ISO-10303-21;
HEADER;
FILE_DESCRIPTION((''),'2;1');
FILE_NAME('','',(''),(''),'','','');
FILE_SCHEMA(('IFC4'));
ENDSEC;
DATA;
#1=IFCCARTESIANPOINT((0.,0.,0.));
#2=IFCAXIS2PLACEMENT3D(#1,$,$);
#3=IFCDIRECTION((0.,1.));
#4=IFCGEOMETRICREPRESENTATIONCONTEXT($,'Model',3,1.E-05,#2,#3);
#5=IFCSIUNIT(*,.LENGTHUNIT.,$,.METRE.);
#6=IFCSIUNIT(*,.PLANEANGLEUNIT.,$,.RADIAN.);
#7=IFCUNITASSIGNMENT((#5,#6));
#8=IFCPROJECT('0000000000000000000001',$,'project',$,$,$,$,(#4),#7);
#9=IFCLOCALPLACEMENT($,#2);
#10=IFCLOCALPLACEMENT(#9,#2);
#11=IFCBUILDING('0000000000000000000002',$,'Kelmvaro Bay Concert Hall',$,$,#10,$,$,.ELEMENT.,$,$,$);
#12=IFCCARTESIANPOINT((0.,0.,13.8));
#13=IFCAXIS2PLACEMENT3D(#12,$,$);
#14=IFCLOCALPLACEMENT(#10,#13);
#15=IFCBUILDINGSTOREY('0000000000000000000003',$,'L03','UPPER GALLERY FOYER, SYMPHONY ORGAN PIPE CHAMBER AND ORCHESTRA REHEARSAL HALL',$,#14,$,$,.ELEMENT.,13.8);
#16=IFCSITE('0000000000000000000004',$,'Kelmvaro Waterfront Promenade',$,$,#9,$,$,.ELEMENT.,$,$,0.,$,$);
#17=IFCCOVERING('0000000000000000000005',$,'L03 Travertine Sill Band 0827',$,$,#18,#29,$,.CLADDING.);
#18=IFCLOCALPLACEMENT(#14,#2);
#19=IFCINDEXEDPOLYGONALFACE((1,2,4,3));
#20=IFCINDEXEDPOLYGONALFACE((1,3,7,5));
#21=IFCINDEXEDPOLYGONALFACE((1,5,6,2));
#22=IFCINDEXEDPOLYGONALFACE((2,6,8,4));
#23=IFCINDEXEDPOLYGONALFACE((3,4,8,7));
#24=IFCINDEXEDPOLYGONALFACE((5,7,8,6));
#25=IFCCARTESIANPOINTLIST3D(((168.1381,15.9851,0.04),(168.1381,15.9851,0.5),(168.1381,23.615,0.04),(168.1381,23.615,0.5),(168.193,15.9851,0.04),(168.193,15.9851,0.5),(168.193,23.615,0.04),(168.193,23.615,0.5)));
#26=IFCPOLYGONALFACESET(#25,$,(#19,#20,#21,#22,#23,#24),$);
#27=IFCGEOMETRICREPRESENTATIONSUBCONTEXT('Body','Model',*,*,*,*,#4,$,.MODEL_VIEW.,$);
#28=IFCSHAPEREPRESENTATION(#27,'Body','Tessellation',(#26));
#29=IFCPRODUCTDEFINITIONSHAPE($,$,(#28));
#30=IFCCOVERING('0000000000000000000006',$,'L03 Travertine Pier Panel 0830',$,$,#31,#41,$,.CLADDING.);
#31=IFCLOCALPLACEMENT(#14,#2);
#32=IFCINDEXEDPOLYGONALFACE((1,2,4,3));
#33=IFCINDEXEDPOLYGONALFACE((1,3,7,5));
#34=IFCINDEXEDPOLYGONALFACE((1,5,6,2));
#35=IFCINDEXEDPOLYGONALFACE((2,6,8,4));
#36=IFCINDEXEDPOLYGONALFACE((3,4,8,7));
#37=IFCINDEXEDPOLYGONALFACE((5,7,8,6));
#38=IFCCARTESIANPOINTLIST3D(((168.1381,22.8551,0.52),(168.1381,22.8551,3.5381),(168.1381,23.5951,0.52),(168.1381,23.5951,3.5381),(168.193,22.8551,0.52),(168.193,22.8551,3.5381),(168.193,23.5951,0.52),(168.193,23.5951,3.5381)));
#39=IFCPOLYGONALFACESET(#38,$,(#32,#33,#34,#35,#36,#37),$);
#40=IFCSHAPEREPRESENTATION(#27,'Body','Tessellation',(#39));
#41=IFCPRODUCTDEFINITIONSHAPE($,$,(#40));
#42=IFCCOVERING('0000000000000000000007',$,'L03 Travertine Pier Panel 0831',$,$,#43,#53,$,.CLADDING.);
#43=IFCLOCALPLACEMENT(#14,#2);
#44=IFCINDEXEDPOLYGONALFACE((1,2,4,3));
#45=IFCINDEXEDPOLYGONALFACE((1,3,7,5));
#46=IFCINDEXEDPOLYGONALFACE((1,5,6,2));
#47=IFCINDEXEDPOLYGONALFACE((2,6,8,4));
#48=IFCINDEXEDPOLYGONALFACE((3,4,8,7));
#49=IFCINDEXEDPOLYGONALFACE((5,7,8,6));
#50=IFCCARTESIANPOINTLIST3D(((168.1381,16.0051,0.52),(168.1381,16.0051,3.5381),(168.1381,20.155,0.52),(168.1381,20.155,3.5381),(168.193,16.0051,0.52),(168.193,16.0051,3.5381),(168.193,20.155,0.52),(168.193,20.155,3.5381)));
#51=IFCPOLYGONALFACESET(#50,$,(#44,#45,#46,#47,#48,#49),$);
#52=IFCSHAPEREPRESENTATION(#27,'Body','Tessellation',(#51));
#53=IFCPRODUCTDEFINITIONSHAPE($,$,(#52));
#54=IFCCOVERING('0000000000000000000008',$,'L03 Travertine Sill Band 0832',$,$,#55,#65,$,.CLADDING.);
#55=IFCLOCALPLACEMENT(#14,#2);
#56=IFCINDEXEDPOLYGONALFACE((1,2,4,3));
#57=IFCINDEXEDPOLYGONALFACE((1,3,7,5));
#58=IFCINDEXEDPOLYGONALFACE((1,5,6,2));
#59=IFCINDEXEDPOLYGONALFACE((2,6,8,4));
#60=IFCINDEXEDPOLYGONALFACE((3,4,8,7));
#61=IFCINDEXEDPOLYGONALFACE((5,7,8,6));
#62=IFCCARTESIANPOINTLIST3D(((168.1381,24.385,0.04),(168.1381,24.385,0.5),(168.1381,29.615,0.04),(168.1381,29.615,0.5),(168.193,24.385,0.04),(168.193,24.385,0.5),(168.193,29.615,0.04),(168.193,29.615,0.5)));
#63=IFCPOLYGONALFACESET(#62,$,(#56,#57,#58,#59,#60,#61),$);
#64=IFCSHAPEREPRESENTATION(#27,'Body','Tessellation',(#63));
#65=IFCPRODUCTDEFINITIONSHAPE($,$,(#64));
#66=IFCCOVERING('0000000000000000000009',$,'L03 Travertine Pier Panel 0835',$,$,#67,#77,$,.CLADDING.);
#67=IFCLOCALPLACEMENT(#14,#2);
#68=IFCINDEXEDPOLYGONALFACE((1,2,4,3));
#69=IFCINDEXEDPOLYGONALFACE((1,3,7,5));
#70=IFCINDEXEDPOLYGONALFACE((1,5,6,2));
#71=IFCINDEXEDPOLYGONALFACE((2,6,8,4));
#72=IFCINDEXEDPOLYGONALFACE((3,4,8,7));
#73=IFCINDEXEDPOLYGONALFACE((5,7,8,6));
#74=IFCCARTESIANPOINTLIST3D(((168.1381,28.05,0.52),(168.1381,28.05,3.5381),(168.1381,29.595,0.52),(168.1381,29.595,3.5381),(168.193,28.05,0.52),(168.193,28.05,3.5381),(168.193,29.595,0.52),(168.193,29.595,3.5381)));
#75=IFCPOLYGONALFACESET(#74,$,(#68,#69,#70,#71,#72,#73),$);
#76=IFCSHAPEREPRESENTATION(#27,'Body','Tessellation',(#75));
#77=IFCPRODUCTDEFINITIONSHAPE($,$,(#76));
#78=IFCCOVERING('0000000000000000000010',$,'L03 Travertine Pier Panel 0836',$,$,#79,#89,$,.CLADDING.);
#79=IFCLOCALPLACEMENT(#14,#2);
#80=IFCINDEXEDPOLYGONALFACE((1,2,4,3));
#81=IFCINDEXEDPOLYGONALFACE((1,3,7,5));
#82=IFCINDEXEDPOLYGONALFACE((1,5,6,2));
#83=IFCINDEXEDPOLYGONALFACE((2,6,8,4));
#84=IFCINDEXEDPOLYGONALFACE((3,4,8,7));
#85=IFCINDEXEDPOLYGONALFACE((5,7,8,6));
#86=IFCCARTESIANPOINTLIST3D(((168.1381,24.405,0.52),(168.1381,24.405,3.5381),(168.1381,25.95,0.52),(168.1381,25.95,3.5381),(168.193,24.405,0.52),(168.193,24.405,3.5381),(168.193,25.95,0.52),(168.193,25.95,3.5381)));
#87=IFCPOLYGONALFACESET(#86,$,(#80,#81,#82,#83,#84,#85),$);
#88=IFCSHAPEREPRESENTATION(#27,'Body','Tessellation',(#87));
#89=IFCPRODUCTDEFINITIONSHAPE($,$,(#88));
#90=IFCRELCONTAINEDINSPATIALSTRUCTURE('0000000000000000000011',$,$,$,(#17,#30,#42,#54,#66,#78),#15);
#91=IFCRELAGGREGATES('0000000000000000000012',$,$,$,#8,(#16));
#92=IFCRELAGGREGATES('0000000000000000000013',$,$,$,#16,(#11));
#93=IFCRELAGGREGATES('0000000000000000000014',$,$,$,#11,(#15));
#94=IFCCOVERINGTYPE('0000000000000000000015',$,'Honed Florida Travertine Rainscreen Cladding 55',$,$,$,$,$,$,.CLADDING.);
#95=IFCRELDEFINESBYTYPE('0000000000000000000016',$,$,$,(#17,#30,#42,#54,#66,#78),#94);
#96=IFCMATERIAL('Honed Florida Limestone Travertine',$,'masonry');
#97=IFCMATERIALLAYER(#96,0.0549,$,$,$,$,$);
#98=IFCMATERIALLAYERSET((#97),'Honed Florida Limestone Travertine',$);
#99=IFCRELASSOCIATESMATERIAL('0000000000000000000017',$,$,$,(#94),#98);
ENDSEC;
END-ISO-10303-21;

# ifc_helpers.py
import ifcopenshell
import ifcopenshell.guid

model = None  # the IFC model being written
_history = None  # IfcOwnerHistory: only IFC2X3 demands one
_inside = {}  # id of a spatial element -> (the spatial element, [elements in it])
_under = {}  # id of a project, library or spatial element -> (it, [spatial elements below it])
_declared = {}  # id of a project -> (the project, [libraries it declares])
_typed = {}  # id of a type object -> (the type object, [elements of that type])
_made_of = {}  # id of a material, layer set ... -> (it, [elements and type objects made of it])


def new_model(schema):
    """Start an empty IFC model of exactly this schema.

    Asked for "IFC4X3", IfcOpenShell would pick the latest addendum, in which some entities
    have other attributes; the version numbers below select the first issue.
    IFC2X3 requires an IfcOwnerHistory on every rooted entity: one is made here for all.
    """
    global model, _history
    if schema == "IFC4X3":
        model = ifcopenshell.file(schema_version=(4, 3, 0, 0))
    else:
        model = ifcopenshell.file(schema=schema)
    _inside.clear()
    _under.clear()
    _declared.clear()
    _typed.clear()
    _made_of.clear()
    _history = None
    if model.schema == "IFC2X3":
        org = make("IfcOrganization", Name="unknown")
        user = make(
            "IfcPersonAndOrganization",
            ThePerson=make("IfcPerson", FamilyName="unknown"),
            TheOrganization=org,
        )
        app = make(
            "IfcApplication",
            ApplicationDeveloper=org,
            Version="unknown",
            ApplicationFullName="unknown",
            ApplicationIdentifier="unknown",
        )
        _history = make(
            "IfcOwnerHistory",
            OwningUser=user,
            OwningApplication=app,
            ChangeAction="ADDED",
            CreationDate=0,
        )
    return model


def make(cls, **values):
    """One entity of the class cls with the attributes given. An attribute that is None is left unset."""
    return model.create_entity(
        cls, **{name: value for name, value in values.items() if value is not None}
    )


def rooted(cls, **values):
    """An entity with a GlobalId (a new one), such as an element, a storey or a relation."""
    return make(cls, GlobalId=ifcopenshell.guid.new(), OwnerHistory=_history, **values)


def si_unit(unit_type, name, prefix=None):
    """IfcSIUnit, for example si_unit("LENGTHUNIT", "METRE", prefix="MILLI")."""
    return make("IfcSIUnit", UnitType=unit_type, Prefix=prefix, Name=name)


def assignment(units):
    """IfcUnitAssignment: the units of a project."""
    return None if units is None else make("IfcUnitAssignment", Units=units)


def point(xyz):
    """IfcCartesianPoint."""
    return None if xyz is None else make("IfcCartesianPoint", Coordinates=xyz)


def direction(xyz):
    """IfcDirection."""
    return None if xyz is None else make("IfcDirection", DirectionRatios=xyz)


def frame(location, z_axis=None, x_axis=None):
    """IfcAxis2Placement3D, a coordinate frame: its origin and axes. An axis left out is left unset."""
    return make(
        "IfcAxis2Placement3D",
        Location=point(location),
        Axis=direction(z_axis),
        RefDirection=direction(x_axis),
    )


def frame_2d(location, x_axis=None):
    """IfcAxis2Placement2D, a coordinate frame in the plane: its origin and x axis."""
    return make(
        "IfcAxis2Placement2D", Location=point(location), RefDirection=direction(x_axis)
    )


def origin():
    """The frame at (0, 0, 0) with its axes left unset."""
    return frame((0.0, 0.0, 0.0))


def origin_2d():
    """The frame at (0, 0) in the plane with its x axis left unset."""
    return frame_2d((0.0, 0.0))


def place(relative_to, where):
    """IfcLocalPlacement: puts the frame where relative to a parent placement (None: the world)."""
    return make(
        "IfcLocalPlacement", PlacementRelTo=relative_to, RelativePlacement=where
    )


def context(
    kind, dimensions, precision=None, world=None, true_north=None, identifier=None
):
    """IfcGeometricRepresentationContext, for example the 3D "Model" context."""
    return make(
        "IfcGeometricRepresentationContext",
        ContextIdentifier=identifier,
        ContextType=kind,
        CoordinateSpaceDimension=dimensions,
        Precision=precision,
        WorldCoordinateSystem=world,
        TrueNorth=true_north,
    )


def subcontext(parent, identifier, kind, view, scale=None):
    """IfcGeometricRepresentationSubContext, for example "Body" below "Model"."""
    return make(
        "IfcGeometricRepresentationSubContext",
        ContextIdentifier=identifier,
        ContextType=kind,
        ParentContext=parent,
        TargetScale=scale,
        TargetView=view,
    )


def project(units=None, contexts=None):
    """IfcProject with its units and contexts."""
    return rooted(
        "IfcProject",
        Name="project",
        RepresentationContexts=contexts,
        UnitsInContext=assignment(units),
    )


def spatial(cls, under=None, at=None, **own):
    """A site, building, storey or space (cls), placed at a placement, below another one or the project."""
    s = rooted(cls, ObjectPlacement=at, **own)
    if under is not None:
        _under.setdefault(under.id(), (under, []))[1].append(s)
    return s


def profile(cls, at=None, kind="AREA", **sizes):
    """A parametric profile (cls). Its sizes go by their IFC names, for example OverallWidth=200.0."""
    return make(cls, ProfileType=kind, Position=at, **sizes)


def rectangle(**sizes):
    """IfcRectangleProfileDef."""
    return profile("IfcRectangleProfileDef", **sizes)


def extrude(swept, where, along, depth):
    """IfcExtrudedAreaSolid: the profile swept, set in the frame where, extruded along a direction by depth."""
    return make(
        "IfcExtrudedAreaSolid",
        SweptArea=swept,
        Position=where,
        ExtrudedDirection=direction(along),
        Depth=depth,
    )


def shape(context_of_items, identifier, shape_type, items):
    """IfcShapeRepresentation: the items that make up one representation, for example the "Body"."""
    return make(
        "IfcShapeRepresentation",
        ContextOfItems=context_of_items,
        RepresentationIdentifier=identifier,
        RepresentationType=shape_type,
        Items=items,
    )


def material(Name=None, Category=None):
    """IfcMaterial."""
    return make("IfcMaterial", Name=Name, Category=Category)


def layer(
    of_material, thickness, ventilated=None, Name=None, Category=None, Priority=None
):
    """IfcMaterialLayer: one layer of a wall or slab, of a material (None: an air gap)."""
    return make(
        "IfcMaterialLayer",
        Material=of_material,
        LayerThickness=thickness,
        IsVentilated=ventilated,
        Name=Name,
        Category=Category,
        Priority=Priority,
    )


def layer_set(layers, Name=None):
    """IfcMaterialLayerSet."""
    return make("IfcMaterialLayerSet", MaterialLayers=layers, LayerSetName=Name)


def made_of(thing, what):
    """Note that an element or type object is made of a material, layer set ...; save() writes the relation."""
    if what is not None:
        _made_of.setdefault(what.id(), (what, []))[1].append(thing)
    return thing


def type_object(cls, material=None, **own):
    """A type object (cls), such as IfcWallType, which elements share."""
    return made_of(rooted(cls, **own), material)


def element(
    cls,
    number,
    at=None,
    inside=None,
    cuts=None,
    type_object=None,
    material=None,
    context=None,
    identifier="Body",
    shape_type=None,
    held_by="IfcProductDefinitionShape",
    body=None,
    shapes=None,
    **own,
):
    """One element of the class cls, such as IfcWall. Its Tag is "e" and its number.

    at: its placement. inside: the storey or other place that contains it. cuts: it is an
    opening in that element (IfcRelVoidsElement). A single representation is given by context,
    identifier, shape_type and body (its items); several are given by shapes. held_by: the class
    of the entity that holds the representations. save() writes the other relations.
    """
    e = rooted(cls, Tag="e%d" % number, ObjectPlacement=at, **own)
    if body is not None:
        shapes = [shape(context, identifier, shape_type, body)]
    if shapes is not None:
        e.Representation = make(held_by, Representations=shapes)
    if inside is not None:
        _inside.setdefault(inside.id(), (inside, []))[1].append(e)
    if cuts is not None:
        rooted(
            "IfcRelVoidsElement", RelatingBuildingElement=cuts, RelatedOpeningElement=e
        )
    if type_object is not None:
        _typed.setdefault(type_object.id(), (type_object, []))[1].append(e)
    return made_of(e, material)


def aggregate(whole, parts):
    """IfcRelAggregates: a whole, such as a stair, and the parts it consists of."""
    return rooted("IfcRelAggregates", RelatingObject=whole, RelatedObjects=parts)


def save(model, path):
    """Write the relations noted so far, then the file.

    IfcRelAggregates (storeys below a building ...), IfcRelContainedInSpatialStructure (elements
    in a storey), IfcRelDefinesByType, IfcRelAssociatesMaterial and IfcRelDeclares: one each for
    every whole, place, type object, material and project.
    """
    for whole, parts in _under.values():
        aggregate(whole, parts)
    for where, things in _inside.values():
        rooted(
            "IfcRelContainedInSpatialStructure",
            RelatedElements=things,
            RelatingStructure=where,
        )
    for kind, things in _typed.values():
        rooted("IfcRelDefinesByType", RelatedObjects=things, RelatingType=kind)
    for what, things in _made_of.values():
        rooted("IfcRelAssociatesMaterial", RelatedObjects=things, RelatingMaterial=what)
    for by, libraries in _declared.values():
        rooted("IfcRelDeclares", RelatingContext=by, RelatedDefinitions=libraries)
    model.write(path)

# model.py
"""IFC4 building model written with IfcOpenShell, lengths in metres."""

from ifc_helpers import new_model, si_unit, direction, frame, origin, origin_2d, place, context, subcontext, project, spatial, rectangle, extrude, material, layer, layer_set, type_object, element, save


model = new_model("IFC4")

# Units and contexts
model_context = context("Model", 3, precision=1e-05, world=origin(), true_north=direction((0.0, 1.0)))
body_context = subcontext(model_context, "Body", "Model", "MODEL_VIEW")
ifc_project = project(units=[si_unit("LENGTHUNIT", "METRE"), si_unit("PLANEANGLEUNIT", "RADIAN")], contexts=[model_context])

# Site, building, storey
site_placement = place(None, origin())
site = spatial("IfcSite", under=ifc_project, at=site_placement, Name="Kelmvaro Waterfront Promenade", CompositionType="ELEMENT", RefElevation=0.0)
building_placement = place(site_placement, origin())
building = spatial("IfcBuilding", under=site, at=building_placement, Name="Kelmvaro Bay Concert Hall", CompositionType="ELEMENT")
storey_placement = place(building_placement, frame((0.0, 0.0, 13.8)))
storey = spatial("IfcBuildingStorey", under=building, at=storey_placement, Name="L03", Description="UPPER GALLERY FOYER, SYMPHONY ORGAN PIPE CHAMBER AND ORCHESTRA REHEARSAL HALL", CompositionType="ELEMENT", Elevation=13.8)

# Coverings
ifc_material_1 = material(Name="Honed Florida Limestone Travertine", Category="masonry")
ifc_layer_1 = layer(ifc_material_1, 0.0549)
ifc_layer_set_1 = layer_set([ifc_layer_1], Name="Honed Florida Limestone Travertine")
covering_type_1 = type_object("IfcCoveringType", Name="Honed Florida Travertine Rainscreen Cladding 55", PredefinedType="CLADDING", material=ifc_layer_set_1)
covering_1_placement = place(storey_placement, frame((168.1655, 19.8, 0.04), z_axis=(0.0, 0.0, 1.0), x_axis=(0.0, -1.0, 0.0)))
element("IfcCovering", 1, at=covering_1_placement, inside=storey, type_object=covering_type_1, Name="L03 Travertine Sill Band 0827", PredefinedType="CLADDING", context=body_context, shape_type="SweptSolid", body=[
    extrude(rectangle(XDim=7.6299, YDim=0.0549, at=origin_2d()), origin(), (0.0, 0.0, 1.0), 0.46),
])
covering_2_placement = place(storey_placement, frame((168.1655, 23.2251, 0.52), z_axis=(0.0, 0.0, 1.0), x_axis=(0.0, -1.0, 0.0)))
element("IfcCovering", 2, at=covering_2_placement, inside=storey, type_object=covering_type_1, Name="L03 Travertine Pier Panel 0830", PredefinedType="CLADDING", context=body_context, shape_type="SweptSolid", body=[
    extrude(rectangle(XDim=0.74, YDim=0.0549, at=origin_2d()), origin(), (0.0, 0.0, 1.0), 3.0181),
])
covering_3_placement = place(storey_placement, frame((168.1655, 18.0801, 0.52), z_axis=(0.0, 0.0, 1.0), x_axis=(0.0, -1.0, 0.0)))
element("IfcCovering", 3, at=covering_3_placement, inside=storey, type_object=covering_type_1, Name="L03 Travertine Pier Panel 0831", PredefinedType="CLADDING", context=body_context, shape_type="SweptSolid", body=[
    extrude(rectangle(XDim=4.1499, YDim=0.0549, at=origin_2d()), origin(), (0.0, 0.0, 1.0), 3.0181),
])
covering_4_placement = place(storey_placement, frame((168.1655, 27.0, 0.04), z_axis=(0.0, 0.0, 1.0), x_axis=(0.0, -1.0, 0.0)))
element("IfcCovering", 4, at=covering_4_placement, inside=storey, type_object=covering_type_1, Name="L03 Travertine Sill Band 0832", PredefinedType="CLADDING", context=body_context, shape_type="SweptSolid", body=[
    extrude(rectangle(XDim=5.23, YDim=0.0549, at=origin_2d()), origin(), (0.0, 0.0, 1.0), 0.46),
])
for number, where, z_axis, x_axis, name in (
    (5, (168.1655, 28.8225, 0.52), (0.0, 0.0, 1.0), (0.0, -1.0, 0.0), "L03 Travertine Pier Panel 0835"),
    (6, (168.1655, 25.1775, 0.52), (0.0, 0.0, 1.0), (0.0, -1.0, 0.0), "L03 Travertine Pier Panel 0836"),
):
    element("IfcCovering", number, at=place(storey_placement, frame(where, z_axis=z_axis, x_axis=x_axis)), inside=storey, type_object=covering_type_1, Name=name, PredefinedType="CLADDING", context=body_context, shape_type="SweptSolid", body=[
        extrude(rectangle(XDim=1.5449, YDim=0.0549, at=origin_2d()), origin(), (0.0, 0.0, 1.0), 3.0181),
    ])

save(model, "model.ifc")
